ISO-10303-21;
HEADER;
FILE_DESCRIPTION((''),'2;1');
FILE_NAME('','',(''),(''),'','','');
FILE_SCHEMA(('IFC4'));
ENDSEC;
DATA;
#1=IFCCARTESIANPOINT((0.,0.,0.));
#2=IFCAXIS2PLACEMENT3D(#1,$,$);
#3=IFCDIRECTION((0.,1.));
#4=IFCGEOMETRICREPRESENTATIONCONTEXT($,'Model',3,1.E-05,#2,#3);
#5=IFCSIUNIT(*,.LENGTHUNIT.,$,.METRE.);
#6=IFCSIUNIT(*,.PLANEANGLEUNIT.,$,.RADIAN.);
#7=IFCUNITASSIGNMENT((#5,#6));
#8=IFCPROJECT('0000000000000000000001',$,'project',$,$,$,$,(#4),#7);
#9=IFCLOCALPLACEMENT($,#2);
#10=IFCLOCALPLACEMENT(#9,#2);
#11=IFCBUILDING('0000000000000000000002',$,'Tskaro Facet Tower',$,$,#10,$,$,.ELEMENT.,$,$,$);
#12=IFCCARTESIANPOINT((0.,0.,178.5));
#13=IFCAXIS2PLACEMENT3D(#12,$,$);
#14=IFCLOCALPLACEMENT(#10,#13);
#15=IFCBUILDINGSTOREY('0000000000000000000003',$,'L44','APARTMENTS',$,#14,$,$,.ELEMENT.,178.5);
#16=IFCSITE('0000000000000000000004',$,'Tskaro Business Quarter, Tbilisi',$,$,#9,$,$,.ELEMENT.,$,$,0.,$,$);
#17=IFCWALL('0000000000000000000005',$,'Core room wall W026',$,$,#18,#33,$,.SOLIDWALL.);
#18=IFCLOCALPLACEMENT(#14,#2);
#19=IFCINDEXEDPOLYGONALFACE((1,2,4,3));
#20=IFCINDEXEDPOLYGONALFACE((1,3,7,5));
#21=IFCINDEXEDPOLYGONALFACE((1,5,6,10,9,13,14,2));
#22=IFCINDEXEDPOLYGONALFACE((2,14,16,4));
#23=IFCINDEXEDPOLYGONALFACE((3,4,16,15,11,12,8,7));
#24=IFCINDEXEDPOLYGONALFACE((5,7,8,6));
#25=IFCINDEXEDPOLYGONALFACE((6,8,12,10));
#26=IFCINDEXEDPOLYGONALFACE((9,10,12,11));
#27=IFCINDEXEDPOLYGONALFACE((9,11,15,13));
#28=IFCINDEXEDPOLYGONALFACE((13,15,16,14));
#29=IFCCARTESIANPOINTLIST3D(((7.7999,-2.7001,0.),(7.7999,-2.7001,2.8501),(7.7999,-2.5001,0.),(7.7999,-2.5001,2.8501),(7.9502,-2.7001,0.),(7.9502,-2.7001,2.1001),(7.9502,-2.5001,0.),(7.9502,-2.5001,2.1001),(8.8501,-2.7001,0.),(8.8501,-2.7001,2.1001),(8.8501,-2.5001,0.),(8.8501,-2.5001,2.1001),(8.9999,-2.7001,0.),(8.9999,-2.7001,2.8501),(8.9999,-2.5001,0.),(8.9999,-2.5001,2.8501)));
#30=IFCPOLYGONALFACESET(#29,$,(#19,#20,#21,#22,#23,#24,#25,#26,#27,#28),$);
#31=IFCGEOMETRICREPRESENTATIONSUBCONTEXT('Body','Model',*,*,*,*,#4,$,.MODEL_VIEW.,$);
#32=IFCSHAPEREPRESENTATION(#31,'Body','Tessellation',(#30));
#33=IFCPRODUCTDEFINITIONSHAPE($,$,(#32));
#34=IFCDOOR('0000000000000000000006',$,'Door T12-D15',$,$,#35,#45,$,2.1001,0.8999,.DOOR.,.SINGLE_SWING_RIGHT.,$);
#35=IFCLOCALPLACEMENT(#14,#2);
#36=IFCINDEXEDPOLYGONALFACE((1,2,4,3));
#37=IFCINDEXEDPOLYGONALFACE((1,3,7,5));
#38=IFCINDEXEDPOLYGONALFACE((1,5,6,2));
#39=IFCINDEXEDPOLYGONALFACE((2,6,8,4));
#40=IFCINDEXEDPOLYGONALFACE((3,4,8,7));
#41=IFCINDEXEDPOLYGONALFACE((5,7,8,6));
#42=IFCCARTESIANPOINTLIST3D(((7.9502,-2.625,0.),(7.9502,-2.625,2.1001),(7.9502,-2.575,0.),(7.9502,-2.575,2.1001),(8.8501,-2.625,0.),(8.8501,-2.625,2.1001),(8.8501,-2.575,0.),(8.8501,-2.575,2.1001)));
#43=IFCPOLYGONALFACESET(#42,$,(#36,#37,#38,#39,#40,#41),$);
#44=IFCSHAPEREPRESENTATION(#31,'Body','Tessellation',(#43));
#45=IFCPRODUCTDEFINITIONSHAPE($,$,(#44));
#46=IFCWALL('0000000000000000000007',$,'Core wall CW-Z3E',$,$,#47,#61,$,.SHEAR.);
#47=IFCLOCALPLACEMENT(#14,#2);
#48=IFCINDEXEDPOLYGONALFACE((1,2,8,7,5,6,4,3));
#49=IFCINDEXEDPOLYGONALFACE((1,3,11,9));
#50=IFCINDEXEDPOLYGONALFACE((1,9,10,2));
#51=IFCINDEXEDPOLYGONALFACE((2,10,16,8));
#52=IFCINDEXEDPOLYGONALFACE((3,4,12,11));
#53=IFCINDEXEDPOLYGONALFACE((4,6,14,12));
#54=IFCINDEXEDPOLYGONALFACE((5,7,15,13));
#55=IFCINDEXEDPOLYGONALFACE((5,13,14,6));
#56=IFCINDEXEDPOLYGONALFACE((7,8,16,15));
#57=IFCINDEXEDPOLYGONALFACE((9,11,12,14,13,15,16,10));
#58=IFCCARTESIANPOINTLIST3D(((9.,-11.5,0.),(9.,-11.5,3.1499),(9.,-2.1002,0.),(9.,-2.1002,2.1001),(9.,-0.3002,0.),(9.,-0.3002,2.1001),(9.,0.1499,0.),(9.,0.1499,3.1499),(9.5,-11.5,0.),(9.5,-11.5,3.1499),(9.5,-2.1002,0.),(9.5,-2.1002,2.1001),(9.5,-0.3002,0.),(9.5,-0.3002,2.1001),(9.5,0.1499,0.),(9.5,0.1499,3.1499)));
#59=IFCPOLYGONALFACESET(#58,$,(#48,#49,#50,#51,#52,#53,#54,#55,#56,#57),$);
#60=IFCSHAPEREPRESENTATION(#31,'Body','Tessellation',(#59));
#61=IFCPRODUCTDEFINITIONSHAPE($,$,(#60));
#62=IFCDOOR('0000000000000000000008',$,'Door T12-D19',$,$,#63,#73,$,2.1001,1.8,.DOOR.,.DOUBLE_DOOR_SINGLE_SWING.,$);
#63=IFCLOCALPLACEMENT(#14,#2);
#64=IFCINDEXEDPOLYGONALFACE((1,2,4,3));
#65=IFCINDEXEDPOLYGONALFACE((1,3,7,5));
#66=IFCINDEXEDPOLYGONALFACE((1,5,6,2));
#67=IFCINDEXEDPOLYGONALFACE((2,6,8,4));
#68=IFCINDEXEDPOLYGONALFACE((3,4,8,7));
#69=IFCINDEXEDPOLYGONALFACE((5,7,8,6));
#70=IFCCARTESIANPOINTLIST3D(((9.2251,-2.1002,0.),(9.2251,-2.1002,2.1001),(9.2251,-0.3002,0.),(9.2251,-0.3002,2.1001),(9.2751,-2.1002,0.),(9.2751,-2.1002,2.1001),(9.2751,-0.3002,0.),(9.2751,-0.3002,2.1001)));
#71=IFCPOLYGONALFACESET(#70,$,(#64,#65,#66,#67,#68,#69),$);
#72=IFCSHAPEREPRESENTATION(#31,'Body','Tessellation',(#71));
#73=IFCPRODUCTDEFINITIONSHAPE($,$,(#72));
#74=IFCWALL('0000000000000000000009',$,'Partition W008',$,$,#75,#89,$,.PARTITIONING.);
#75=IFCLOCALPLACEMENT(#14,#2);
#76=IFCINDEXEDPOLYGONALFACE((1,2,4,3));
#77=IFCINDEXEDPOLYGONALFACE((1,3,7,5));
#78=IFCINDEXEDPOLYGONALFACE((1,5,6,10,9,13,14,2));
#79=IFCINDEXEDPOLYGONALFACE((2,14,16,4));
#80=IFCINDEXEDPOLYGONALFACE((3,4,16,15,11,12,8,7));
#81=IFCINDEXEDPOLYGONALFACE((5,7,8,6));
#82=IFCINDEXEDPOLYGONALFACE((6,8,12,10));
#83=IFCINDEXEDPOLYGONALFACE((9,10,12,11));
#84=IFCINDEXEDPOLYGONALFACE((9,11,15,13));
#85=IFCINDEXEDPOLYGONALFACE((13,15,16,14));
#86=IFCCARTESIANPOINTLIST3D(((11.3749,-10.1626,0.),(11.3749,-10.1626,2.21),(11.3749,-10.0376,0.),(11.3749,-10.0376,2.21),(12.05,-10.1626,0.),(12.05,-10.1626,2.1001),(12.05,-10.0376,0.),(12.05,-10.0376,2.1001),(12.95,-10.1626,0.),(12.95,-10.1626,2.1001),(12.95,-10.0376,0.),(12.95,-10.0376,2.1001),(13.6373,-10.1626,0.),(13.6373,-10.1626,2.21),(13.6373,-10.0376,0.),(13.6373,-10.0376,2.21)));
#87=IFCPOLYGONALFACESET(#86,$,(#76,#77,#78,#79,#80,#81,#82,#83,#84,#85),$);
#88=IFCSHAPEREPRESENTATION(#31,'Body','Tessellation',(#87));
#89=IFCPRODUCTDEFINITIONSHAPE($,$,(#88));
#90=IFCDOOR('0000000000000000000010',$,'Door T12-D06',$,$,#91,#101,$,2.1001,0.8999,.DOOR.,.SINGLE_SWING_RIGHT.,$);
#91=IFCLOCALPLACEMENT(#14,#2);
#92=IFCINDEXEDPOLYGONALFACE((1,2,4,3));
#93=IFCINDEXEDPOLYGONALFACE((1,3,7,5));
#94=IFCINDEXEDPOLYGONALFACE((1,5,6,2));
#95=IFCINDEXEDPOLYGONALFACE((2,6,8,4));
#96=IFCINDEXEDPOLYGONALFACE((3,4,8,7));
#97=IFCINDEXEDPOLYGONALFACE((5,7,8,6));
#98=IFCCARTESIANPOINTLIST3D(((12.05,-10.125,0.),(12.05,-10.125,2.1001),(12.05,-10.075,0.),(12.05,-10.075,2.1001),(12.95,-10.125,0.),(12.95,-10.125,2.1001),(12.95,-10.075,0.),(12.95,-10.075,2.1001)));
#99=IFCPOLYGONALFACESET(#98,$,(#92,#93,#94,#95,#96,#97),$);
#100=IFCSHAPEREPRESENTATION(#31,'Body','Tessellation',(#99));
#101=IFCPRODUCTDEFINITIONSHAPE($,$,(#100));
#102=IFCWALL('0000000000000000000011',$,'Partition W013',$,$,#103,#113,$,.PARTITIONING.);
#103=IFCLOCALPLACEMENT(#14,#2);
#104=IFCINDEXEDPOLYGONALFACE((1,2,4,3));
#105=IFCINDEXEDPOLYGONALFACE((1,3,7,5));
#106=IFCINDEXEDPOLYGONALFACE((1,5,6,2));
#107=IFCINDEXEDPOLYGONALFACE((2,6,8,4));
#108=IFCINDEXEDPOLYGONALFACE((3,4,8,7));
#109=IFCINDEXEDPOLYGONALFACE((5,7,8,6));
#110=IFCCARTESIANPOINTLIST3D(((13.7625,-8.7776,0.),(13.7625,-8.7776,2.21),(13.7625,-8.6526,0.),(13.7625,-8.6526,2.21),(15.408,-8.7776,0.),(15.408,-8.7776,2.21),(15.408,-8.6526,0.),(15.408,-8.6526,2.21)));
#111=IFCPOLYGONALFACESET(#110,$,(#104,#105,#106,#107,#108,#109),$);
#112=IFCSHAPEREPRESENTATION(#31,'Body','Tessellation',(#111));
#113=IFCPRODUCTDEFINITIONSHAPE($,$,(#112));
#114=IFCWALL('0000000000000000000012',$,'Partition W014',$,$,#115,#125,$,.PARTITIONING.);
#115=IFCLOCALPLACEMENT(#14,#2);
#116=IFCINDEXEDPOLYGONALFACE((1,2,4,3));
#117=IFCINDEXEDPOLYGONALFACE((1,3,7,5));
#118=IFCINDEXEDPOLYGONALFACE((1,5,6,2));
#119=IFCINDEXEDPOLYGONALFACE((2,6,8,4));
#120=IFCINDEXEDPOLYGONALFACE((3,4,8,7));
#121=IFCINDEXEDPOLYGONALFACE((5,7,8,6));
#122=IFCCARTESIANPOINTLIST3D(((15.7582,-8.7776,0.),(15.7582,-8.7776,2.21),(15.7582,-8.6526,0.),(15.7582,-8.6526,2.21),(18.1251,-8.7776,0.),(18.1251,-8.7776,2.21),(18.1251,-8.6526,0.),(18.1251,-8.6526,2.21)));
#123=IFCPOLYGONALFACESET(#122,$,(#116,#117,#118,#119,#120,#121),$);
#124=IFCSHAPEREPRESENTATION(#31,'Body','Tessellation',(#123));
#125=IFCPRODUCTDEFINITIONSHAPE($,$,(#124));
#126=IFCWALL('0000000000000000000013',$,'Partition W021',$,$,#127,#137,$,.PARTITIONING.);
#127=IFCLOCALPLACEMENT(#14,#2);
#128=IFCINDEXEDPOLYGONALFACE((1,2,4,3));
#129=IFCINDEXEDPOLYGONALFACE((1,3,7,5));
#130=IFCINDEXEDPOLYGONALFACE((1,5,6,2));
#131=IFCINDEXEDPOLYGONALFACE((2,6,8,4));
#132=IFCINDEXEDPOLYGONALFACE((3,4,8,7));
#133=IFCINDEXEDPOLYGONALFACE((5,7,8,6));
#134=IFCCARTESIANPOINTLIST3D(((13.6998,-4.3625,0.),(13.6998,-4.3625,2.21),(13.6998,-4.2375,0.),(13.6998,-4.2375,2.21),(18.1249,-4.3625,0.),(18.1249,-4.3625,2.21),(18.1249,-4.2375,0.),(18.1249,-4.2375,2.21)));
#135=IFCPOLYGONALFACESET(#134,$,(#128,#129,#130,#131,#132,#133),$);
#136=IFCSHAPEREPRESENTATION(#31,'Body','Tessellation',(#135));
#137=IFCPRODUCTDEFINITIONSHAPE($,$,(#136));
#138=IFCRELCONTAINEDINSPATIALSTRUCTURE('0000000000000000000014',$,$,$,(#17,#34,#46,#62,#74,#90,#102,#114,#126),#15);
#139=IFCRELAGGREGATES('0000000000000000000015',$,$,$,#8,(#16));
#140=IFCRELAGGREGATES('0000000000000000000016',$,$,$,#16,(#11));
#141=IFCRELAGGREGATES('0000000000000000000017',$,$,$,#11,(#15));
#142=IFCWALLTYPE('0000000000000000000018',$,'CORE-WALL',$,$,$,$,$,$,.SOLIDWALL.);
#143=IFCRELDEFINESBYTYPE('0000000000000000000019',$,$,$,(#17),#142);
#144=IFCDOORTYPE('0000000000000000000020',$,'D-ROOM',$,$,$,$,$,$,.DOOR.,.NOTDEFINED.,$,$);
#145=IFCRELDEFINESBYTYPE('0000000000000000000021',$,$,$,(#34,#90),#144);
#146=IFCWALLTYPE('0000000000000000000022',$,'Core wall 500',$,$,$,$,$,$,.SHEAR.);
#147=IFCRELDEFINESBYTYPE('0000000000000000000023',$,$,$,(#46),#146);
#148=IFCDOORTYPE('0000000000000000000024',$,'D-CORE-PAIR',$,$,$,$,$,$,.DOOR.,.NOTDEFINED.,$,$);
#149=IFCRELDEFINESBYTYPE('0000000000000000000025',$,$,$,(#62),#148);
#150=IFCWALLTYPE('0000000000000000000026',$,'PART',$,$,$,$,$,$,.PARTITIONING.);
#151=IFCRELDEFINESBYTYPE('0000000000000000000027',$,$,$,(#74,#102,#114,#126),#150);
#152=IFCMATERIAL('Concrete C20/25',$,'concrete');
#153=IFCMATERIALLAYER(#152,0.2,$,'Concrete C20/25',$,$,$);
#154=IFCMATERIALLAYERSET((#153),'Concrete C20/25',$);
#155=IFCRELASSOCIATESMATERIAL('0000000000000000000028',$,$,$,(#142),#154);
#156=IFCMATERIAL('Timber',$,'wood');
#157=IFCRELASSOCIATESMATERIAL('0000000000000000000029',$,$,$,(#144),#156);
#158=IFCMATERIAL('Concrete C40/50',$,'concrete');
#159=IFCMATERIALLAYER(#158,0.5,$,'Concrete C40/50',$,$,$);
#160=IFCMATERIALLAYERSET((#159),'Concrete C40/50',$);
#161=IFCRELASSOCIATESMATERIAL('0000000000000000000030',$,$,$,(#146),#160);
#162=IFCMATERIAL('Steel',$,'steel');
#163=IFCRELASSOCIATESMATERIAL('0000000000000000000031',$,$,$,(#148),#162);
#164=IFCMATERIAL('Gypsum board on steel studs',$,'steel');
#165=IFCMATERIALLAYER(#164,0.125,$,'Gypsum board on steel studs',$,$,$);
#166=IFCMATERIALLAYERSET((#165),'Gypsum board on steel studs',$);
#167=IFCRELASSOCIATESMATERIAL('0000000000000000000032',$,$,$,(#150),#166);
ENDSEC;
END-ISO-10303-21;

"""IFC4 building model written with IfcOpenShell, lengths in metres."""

from ifc_helpers import new_model, si_unit, direction, frame, frame_2d, origin, place, context, subcontext, project, spatial, rectangle, extrude, material, layer, layer_set, type_object, element, fill, save


model = new_model("IFC4")

# Units and contexts
model_context = context("Model", 3, precision=1e-05, world=origin(), true_north=direction((0.0, 1.0)))
body_context = subcontext(model_context, "Body", "Model", "MODEL_VIEW")
ifc_project = project(units=[si_unit("LENGTHUNIT", "METRE"), si_unit("PLANEANGLEUNIT", "RADIAN")], contexts=[model_context])

# Site, building, storey
site_placement = place(None, origin())
site = spatial("IfcSite", under=ifc_project, at=site_placement, Name="Tskaro Business Quarter, Tbilisi", CompositionType="ELEMENT", RefElevation=0.0)
building_placement = place(site_placement, origin())
building = spatial("IfcBuilding", under=site, at=building_placement, Name="Tskaro Facet Tower", CompositionType="ELEMENT")
storey_placement = place(building_placement, frame((0.0, 0.0, 178.5)))
storey = spatial("IfcBuildingStorey", under=building, at=storey_placement, Name="L44", Description="APARTMENTS", CompositionType="ELEMENT", Elevation=178.5)

# Walls, openings, doors
ifc_material_1 = material(Name="Concrete C20/25", Category="concrete")
ifc_layer_1 = layer(ifc_material_1, 0.2, Name="Concrete C20/25")
ifc_layer_set_1 = layer_set([ifc_layer_1], Name="Concrete C20/25")
wall_type_1 = type_object("IfcWallType", Name="CORE-WALL", PredefinedType="SOLIDWALL", material=ifc_layer_set_1)
wall_1_placement = place(storey_placement, frame((9.0, -2.6001, 0.0), z_axis=(0.0, 0.0, 1.0), x_axis=(-1.0, 0.0, 0.0)))
wall_1 = element("IfcWall", 1, at=wall_1_placement, inside=storey, type_object=wall_type_1, Name="Core room wall W026", PredefinedType="SOLIDWALL", context=body_context, shape_type="SweptSolid", body=[
    extrude(rectangle(XDim=1.2, YDim=0.2, at=frame_2d((0.6001, 0.0))), origin(), (0.0, 0.0, 1.0), 2.8501),
])
opening_1_placement = place(wall_1_placement, frame((0.1499, 0.0, 0.0)))
opening_1 = element("IfcOpeningElement", 2, at=opening_1_placement, cuts=wall_1, PredefinedType="OPENING", context=body_context, shape_type="SweptSolid", body=[
    extrude(rectangle(XDim=0.8999, YDim=2.1001, at=frame_2d((0.45, 1.05))), frame((0.0, 0.1099, 0.0), z_axis=(0.0, -1.0, 0.0), x_axis=(1.0, 0.0, 0.0)), (0.0, 0.0, 1.0), 0.22),
])
ifc_material_2 = material(Name="Timber", Category="wood")
door_type_1 = type_object("IfcDoorType", Name="D-ROOM", OperationType="NOTDEFINED", PredefinedType="DOOR", material=ifc_material_2)
door_1_placement = place(opening_1_placement, origin())
door_1 = element("IfcDoor", 3, at=door_1_placement, inside=storey, type_object=door_type_1, Name="Door T12-D15", OperationType="SINGLE_SWING_RIGHT", OverallHeight=2.1001, OverallWidth=0.8999, PredefinedType="DOOR", context=body_context, shape_type="SweptSolid", body=[
    extrude(rectangle(XDim=0.8999, YDim=2.1001, at=frame_2d((0.45, 1.05))), frame((0.0, 0.0249, 0.0), z_axis=(0.0, -1.0, 0.0), x_axis=(1.0, 0.0, 0.0)), (0.0, 0.0, 1.0), 0.05),
])
fill(opening_1, door_1)
ifc_material_3 = material(Name="Concrete C40/50", Category="concrete")
ifc_layer_2 = layer(ifc_material_3, 0.5, Name="Concrete C40/50")
ifc_layer_set_2 = layer_set([ifc_layer_2], Name="Concrete C40/50")
wall_type_2 = type_object("IfcWallType", Name="Core wall 500", PredefinedType="SHEAR", material=ifc_layer_set_2)
wall_2_placement = place(storey_placement, frame((9.25, -11.5, 0.0), z_axis=(0.0, 0.0, 1.0), x_axis=(0.0, 1.0, 0.0)))
wall_2 = element("IfcWall", 4, at=wall_2_placement, inside=storey, type_object=wall_type_2, Name="Core wall CW-Z3E", PredefinedType="SHEAR", context=body_context, shape_type="SweptSolid", body=[
    extrude(rectangle(XDim=11.6499, YDim=0.5, at=frame_2d((5.825, 0.0))), origin(), (0.0, 0.0, 1.0), 3.1499),
])
opening_2_placement = place(wall_2_placement, frame((9.3999, 0.0, 0.0)))
opening_2 = element("IfcOpeningElement", 5, at=opening_2_placement, cuts=wall_2, PredefinedType="OPENING", context=body_context, shape_type="SweptSolid", body=[
    extrude(rectangle(XDim=1.8, YDim=2.1001, at=frame_2d((0.8999, 1.05))), frame((0.0, 0.26, 0.0), z_axis=(0.0, -1.0, 0.0), x_axis=(1.0, 0.0, 0.0)), (0.0, 0.0, 1.0), 0.52),
])
ifc_material_4 = material(Name="Steel", Category="steel")
door_type_2 = type_object("IfcDoorType", Name="D-CORE-PAIR", OperationType="NOTDEFINED", PredefinedType="DOOR", material=ifc_material_4)
door_2_placement = place(opening_2_placement, origin())
door_2 = element("IfcDoor", 6, at=door_2_placement, inside=storey, type_object=door_type_2, Name="Door T12-D19", OperationType="DOUBLE_DOOR_SINGLE_SWING", OverallHeight=2.1001, OverallWidth=1.8, PredefinedType="DOOR", context=body_context, shape_type="SweptSolid", body=[
    extrude(rectangle(XDim=1.8, YDim=2.1001, at=frame_2d((0.8999, 1.05))), frame((0.0, 0.0249, 0.0), z_axis=(0.0, -1.0, 0.0), x_axis=(1.0, 0.0, 0.0)), (0.0, 0.0, 1.0), 0.05),
])
fill(opening_2, door_2)
ifc_material_5 = material(Name="Gypsum board on steel studs", Category="steel")
ifc_layer_3 = layer(ifc_material_5, 0.125, Name="Gypsum board on steel studs")
ifc_layer_set_3 = layer_set([ifc_layer_3], Name="Gypsum board on steel studs")
wall_type_3 = type_object("IfcWallType", Name="PART", PredefinedType="PARTITIONING", material=ifc_layer_set_3)
wall_3_placement = place(storey_placement, frame((13.6375, -10.1001, 0.0), z_axis=(0.0, 0.0, 1.0), x_axis=(-1.0, 0.0, 0.0)))
wall_3 = element("IfcWall", 7, at=wall_3_placement, inside=storey, type_object=wall_type_3, Name="Partition W008", PredefinedType="PARTITIONING", context=body_context, shape_type="SweptSolid", body=[
    extrude(rectangle(XDim=2.2625, YDim=0.125, at=frame_2d((1.1313, 0.0))), origin(), (0.0, 0.0, 1.0), 2.21),
])
opening_3_placement = place(wall_3_placement, frame((0.6875, 0.0, 0.0)))
opening_3 = element("IfcOpeningElement", 8, at=opening_3_placement, cuts=wall_3, PredefinedType="OPENING", context=body_context, shape_type="SweptSolid", body=[
    extrude(rectangle(XDim=0.8999, YDim=2.1001, at=frame_2d((0.45, 1.05))), frame((0.0, 0.0725, 0.0), z_axis=(0.0, -1.0, 0.0), x_axis=(1.0, 0.0, 0.0)), (0.0, 0.0, 1.0), 0.145),
])
door_3_placement = place(opening_3_placement, origin())
door_3 = element("IfcDoor", 9, at=door_3_placement, inside=storey, type_object=door_type_1, Name="Door T12-D06", OperationType="SINGLE_SWING_RIGHT", OverallHeight=2.1001, OverallWidth=0.8999, PredefinedType="DOOR", context=body_context, shape_type="SweptSolid", body=[
    extrude(rectangle(XDim=0.8999, YDim=2.1001, at=frame_2d((0.45, 1.05))), frame((0.0, 0.0249, 0.0), z_axis=(0.0, -1.0, 0.0), x_axis=(1.0, 0.0, 0.0)), (0.0, 0.0, 1.0), 0.05),
])
fill(opening_3, door_3)

# Walls
wall_4_placement = place(storey_placement, frame((13.7625, -8.7151, 0.0), z_axis=(0.0, 0.0, 1.0), x_axis=(1.0, 0.0, 0.0)))
element("IfcWall", 10, at=wall_4_placement, inside=storey, type_object=wall_type_3, Name="Partition W013", PredefinedType="PARTITIONING", context=body_context, shape_type="SweptSolid", body=[
    extrude(rectangle(XDim=1.6455, YDim=0.125, at=frame_2d((0.8228, 0.0))), origin(), (0.0, 0.0, 1.0), 2.21),
])
wall_5_placement = place(storey_placement, frame((15.7581, -8.7151, 0.0), z_axis=(0.0, 0.0, 1.0), x_axis=(1.0, 0.0, 0.0)))
element("IfcWall", 11, at=wall_5_placement, inside=storey, type_object=wall_type_3, Name="Partition W014", PredefinedType="PARTITIONING", context=body_context, shape_type="SweptSolid", body=[
    extrude(rectangle(XDim=2.3669, YDim=0.125, at=frame_2d((1.1836, 0.0))), origin(), (0.0, 0.0, 1.0), 2.21),
])
wall_6_placement = place(storey_placement, frame((13.7, -4.3, 0.0), z_axis=(0.0, 0.0, 1.0), x_axis=(1.0, 0.0, 0.0)))
element("IfcWall", 12, at=wall_6_placement, inside=storey, type_object=wall_type_3, Name="Partition W021", PredefinedType="PARTITIONING", context=body_context, shape_type="SweptSolid", body=[
    extrude(rectangle(XDim=4.425, YDim=0.125, at=frame_2d((2.2124, 0.0))), origin(), (0.0, 0.0, 1.0), 2.21),
])

save(model, "model.ifc")
